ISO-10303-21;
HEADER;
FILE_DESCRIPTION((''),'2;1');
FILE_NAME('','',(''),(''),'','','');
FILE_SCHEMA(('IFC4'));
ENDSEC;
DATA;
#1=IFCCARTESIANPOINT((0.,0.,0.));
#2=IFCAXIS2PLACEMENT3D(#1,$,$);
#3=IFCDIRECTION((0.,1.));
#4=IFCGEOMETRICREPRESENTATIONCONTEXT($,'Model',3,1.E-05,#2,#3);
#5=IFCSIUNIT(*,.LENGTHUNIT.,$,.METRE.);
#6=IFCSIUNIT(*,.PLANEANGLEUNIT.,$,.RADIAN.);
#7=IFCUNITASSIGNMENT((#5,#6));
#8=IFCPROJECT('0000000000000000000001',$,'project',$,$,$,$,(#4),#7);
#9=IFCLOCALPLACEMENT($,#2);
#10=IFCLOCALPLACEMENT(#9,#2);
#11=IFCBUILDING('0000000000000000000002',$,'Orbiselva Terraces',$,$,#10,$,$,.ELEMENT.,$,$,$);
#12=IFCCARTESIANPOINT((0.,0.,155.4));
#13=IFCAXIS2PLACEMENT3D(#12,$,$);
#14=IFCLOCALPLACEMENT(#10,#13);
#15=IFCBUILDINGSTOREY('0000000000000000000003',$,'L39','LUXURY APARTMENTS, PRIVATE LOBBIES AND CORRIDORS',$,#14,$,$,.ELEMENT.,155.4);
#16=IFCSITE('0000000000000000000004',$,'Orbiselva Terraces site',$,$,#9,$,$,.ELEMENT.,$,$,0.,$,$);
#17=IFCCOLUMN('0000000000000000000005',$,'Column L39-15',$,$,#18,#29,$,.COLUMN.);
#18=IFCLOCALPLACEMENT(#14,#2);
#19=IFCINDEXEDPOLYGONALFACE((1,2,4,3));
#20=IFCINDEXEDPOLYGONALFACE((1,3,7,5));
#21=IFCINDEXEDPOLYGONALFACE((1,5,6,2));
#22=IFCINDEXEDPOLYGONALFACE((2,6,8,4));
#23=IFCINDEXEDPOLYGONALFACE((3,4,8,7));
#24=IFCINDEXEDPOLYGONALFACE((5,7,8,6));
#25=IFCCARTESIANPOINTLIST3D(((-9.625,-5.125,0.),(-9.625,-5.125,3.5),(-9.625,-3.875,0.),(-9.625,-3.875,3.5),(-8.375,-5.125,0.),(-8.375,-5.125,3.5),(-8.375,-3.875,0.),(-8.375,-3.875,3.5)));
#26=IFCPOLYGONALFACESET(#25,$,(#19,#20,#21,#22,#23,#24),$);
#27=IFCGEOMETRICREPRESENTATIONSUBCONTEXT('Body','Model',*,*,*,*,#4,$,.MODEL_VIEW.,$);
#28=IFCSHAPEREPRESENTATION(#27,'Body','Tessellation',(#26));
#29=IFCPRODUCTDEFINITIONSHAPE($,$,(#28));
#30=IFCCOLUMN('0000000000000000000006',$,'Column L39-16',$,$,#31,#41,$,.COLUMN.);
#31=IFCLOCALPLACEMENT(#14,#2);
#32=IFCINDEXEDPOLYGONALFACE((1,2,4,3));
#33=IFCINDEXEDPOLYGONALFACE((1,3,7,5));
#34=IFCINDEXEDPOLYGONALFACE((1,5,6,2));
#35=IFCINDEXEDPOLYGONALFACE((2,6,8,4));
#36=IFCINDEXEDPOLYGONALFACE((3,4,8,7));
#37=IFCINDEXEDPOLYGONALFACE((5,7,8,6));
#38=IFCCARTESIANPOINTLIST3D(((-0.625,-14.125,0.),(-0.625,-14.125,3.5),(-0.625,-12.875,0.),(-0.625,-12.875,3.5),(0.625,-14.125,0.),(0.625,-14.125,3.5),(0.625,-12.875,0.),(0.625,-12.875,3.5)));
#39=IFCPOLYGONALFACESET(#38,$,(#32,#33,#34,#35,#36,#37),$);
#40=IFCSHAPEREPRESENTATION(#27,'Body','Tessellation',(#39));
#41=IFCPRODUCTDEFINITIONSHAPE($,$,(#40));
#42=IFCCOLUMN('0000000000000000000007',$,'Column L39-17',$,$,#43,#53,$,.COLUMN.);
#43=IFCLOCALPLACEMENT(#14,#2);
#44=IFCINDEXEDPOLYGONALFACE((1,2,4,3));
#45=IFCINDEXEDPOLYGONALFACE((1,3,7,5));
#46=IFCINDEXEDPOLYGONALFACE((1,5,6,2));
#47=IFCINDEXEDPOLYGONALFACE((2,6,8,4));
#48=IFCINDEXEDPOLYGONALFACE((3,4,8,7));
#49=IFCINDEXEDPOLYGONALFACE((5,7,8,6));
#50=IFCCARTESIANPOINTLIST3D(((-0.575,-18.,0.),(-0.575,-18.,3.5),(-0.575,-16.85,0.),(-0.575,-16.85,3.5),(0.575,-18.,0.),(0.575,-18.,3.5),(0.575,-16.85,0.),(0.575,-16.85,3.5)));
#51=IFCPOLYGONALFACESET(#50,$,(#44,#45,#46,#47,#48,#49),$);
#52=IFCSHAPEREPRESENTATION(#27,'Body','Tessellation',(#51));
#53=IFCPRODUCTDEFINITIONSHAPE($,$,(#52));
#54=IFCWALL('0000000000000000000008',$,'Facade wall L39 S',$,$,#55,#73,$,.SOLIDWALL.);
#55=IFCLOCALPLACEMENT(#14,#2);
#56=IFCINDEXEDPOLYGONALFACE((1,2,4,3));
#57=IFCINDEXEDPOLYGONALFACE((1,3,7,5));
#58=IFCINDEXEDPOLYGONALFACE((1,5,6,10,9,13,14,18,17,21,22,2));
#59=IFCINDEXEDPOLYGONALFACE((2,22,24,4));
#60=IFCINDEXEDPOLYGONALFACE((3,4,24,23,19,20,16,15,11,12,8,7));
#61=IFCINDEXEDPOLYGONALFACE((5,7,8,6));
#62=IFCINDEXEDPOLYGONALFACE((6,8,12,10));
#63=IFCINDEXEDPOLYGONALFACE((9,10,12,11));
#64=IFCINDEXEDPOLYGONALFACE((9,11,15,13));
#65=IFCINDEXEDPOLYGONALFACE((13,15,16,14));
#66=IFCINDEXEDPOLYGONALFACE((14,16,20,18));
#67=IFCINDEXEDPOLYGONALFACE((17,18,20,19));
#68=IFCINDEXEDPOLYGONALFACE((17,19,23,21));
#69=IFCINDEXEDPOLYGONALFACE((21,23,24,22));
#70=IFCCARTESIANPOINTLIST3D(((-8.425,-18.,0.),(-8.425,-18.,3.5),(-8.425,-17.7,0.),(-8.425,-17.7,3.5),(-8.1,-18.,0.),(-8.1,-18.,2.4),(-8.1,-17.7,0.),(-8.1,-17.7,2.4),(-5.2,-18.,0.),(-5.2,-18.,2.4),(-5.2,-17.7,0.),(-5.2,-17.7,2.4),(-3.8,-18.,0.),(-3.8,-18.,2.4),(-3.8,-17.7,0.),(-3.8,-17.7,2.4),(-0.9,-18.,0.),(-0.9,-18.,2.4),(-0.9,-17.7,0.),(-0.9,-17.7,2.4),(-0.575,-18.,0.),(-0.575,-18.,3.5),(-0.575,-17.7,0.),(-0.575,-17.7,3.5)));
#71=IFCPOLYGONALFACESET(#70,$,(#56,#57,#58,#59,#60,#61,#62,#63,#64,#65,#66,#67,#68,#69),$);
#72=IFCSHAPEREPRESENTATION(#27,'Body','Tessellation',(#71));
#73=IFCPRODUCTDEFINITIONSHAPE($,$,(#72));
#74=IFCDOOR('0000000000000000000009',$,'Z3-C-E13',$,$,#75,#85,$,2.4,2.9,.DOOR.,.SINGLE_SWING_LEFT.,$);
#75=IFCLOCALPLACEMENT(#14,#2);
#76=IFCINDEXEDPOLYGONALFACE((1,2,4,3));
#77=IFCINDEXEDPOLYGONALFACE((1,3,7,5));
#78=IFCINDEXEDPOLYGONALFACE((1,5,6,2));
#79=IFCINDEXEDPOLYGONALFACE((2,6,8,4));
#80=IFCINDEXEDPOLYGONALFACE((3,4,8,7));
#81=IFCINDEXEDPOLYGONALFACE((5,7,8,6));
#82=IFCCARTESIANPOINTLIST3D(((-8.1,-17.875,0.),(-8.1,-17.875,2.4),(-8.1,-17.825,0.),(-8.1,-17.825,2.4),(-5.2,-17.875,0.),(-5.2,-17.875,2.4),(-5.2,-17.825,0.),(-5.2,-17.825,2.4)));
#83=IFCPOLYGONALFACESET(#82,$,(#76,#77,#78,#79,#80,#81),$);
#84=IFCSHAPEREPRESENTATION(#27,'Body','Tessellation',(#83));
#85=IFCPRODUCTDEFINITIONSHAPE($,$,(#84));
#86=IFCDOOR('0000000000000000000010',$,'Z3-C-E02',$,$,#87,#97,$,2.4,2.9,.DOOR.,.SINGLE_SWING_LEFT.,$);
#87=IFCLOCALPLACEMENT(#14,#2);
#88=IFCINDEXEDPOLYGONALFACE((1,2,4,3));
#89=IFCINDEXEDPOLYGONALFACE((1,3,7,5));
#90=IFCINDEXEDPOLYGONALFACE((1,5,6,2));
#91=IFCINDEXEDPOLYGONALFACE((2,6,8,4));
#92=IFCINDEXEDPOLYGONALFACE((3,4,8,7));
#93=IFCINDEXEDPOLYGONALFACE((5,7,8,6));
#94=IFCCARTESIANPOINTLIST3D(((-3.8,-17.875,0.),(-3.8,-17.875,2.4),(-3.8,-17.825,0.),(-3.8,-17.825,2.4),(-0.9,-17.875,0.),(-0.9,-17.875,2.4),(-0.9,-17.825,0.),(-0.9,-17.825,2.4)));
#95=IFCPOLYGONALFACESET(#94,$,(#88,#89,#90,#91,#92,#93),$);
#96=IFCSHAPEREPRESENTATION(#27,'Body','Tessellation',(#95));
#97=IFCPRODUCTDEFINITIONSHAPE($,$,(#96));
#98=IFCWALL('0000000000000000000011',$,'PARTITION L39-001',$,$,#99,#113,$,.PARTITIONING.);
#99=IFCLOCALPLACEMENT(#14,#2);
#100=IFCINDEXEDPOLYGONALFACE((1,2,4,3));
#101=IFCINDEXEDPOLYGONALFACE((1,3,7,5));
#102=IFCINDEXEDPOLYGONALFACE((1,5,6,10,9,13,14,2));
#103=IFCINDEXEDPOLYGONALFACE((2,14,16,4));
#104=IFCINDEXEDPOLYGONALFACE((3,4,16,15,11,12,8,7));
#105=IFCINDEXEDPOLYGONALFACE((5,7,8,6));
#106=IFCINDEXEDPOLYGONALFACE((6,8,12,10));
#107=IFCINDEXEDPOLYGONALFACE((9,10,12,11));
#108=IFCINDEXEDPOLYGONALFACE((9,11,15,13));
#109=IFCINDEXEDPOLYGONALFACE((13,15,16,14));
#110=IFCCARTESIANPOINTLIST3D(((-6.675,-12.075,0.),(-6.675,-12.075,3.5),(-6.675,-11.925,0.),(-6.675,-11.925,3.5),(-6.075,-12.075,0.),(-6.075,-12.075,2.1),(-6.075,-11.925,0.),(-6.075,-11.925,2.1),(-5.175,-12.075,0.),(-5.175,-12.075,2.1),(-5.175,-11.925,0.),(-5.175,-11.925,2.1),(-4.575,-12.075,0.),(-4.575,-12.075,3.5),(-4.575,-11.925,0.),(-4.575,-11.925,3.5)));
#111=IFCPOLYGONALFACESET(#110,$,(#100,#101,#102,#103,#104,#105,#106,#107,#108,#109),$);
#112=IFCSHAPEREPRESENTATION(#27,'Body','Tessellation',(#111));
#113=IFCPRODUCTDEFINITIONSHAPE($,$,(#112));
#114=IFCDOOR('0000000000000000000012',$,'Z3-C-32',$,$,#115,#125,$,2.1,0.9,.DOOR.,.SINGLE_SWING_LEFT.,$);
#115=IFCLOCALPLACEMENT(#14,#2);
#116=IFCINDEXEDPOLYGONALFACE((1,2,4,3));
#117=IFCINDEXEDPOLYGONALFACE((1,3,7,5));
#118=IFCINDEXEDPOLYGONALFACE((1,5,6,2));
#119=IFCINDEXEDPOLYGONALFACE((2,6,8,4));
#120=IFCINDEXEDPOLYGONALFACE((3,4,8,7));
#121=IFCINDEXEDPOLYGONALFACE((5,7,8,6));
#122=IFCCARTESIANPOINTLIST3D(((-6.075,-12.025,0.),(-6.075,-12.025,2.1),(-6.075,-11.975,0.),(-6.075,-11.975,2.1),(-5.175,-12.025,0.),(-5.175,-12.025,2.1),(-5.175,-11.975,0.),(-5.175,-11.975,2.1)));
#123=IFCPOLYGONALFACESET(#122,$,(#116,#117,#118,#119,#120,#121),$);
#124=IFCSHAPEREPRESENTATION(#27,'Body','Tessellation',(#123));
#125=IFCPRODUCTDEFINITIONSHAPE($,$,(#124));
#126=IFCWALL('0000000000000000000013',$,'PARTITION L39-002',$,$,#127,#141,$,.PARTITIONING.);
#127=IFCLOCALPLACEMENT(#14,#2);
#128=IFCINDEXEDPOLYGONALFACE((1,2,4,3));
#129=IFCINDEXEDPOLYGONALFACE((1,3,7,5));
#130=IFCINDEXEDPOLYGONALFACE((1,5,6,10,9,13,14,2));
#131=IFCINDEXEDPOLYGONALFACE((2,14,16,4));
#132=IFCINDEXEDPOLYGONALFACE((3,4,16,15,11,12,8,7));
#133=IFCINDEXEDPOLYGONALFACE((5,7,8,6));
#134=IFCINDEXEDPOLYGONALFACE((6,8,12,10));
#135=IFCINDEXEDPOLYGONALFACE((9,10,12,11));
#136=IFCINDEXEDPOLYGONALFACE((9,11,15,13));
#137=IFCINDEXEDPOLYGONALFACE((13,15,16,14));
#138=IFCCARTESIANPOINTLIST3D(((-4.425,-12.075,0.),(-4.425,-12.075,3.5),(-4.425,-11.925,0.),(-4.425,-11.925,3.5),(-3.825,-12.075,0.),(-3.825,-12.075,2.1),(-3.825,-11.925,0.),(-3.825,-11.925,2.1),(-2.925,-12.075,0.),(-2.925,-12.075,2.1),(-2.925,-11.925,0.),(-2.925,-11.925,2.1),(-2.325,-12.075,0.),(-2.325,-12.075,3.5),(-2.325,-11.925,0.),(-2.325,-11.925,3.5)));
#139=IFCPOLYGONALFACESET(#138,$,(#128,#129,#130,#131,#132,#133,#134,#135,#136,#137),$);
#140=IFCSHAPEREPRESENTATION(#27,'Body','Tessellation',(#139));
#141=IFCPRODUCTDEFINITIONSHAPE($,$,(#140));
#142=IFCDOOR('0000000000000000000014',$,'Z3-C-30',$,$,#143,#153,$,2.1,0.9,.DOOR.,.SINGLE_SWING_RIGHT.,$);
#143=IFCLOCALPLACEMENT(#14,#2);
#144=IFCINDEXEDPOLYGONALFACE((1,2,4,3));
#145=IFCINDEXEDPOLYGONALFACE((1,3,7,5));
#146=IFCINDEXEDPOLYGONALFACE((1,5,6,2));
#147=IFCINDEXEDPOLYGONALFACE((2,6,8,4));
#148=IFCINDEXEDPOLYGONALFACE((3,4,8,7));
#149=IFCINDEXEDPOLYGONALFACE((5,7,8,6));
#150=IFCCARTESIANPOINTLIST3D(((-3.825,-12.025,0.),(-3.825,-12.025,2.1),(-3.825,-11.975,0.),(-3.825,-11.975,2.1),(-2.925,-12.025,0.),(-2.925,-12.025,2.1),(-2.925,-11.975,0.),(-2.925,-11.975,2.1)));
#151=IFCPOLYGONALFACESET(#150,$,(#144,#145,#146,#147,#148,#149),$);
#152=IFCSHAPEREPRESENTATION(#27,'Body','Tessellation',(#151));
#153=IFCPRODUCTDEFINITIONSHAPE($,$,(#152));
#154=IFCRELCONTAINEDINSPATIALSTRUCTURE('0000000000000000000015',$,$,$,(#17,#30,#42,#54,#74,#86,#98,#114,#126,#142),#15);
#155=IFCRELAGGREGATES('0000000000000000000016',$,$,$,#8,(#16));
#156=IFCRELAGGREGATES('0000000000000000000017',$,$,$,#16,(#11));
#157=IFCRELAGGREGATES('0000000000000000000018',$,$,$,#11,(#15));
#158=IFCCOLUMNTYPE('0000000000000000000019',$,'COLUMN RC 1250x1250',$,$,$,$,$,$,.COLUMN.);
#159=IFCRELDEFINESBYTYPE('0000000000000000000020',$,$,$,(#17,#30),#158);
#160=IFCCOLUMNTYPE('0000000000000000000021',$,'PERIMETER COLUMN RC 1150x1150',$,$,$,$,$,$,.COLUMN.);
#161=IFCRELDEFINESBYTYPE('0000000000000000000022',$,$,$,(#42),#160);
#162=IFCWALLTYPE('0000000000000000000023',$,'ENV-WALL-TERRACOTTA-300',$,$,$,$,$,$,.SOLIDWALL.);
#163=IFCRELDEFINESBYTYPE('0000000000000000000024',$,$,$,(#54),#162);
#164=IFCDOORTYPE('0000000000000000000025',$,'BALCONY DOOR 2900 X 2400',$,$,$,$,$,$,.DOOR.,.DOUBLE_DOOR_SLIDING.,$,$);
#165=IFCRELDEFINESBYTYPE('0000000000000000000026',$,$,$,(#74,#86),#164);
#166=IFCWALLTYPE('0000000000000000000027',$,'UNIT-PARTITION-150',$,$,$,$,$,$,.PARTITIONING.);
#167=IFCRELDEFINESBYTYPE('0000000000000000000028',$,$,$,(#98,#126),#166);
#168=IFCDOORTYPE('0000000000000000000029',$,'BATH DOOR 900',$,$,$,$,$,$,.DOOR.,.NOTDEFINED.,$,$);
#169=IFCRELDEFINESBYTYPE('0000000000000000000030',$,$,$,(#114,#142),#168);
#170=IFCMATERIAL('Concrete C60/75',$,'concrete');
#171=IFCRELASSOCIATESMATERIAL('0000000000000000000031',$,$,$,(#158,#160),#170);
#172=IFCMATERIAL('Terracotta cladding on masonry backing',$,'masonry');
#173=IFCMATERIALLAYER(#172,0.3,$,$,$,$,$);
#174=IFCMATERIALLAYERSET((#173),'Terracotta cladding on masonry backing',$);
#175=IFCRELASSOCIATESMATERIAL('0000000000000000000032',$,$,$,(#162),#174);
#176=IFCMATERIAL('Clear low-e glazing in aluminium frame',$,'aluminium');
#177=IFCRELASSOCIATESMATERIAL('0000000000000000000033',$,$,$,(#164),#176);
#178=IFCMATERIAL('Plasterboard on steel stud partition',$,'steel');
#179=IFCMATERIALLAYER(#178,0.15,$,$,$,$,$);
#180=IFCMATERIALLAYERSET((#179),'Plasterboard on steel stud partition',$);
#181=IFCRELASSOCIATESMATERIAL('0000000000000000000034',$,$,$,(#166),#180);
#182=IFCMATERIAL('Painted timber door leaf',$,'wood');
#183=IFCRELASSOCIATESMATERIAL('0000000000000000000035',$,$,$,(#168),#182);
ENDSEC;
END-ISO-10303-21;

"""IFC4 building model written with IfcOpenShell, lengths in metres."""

from ifc_helpers import new_model, si_unit, direction, frame, frame_2d, origin, origin_2d, place, context, subcontext, project, spatial, rectangle, extrude, material, layer, layer_set, material_profile, profile_set, type_object, element, fill, save


model = new_model("IFC4")

# Units and contexts
model_context = context("Model", 3, precision=1e-05, world=origin(), true_north=direction((0.0, 1.0)))
body_context = subcontext(model_context, "Body", "Model", "MODEL_VIEW")
ifc_project = project(units=[si_unit("LENGTHUNIT", "METRE"), si_unit("PLANEANGLEUNIT", "RADIAN")], contexts=[model_context])

# Site, building, storey
site_placement = place(None, origin())
site = spatial("IfcSite", under=ifc_project, at=site_placement, Name="Orbiselva Terraces site", CompositionType="ELEMENT", RefElevation=0.0)
building_placement = place(site_placement, origin())
building = spatial("IfcBuilding", under=site, at=building_placement, Name="Orbiselva Terraces", CompositionType="ELEMENT")
storey_placement = place(building_placement, frame((0.0, 0.0, 155.4)))
storey = spatial("IfcBuildingStorey", under=building, at=storey_placement, Name="L39", Description="LUXURY APARTMENTS, PRIVATE LOBBIES AND CORRIDORS", CompositionType="ELEMENT", Elevation=155.4)

# Columns
ifc_material_1 = material(Name="Concrete C60/75", Category="concrete")
ifc_material_profile_1 = material_profile(ifc_material_1, rectangle(XDim=1.25, YDim=1.25, at=origin_2d()), Name="RC 1250x1250")
ifc_profile_set_1 = profile_set([ifc_material_profile_1], Name="Concrete C60/75")
column_type_1 = type_object("IfcColumnType", Name="COLUMN RC 1250x1250", PredefinedType="COLUMN", material=ifc_profile_set_1)
for number, where, z_axis, x_axis, name in (
    (1, (-9.0, -4.5, 0.0), (0.0, 0.0, 1.0), (1.0, 0.0, 0.0), "Column L39-15"),
    (2, (0.0, -13.5, 0.0), (0.0, 0.0, 1.0), (1.0, 0.0, 0.0), "Column L39-16"),
):
    element("IfcColumn", number, at=place(storey_placement, frame(where, z_axis=z_axis, x_axis=x_axis)), inside=storey, type_object=column_type_1, Name=name, PredefinedType="COLUMN", context=body_context, shape_type="SweptSolid", body=[
        extrude(rectangle(XDim=1.25, YDim=1.25, at=origin_2d()), origin(), (0.0, 0.0, 1.0), 3.5),
    ])
ifc_material_profile_2 = material_profile(ifc_material_1, rectangle(XDim=1.15, YDim=1.15, at=origin_2d()), Name="RC 1150x1150")
ifc_profile_set_2 = profile_set([ifc_material_profile_2], Name="Concrete C60/75")
column_type_2 = type_object("IfcColumnType", Name="PERIMETER COLUMN RC 1150x1150", PredefinedType="COLUMN", material=ifc_profile_set_2)
column_placement = place(storey_placement, frame((0.0, -17.425, 0.0), z_axis=(0.0, 0.0, 1.0), x_axis=(1.0, 0.0, 0.0)))
element("IfcColumn", 3, at=column_placement, inside=storey, type_object=column_type_2, Name="Column L39-17", PredefinedType="COLUMN", context=body_context, shape_type="SweptSolid", body=[
    extrude(rectangle(XDim=1.15, YDim=1.15, at=origin_2d()), origin(), (0.0, 0.0, 1.0), 3.5),
])

# Wall, openings, doors
ifc_material_2 = material(Name="Terracotta cladding on masonry backing", Category="masonry")
ifc_layer_1 = layer(ifc_material_2, 0.3)
ifc_layer_set_1 = layer_set([ifc_layer_1], Name="Terracotta cladding on masonry backing")
wall_type_1 = type_object("IfcWallType", Name="ENV-WALL-TERRACOTTA-300", PredefinedType="SOLIDWALL", material=ifc_layer_set_1)
wall_1_placement = place(storey_placement, frame((-0.575, -17.85, 0.0), z_axis=(0.0, 0.0, 1.0), x_axis=(-1.0, 0.0, 0.0)))
wall_1 = element("IfcWall", 4, at=wall_1_placement, inside=storey, type_object=wall_type_1, Name="Facade wall L39 S", PredefinedType="SOLIDWALL", context=body_context, shape_type="SweptSolid", body=[
    extrude(rectangle(XDim=7.85, YDim=0.3, at=frame_2d((3.925, 0.0))), origin(), (0.0, 0.0, 1.0), 3.5),
])
opening_1_placement = place(wall_1_placement, frame((4.625, 0.0, 0.0)))
opening_1 = element("IfcOpeningElement", 5, at=opening_1_placement, cuts=wall_1, PredefinedType="OPENING", context=body_context, shape_type="SweptSolid", body=[
    extrude(rectangle(XDim=2.9, YDim=2.4, at=frame_2d((1.45, 1.2))), frame((0.0, 0.16, 0.0), z_axis=(0.0, -1.0, 0.0), x_axis=(1.0, 0.0, 0.0)), (0.0, 0.0, 1.0), 0.32),
])
opening_2_placement = place(wall_1_placement, frame((0.325, 0.0, 0.0)))
opening_2 = element("IfcOpeningElement", 6, at=opening_2_placement, cuts=wall_1, PredefinedType="OPENING", context=body_context, shape_type="SweptSolid", body=[
    extrude(rectangle(XDim=2.9, YDim=2.4, at=frame_2d((1.45, 1.2))), frame((0.0, 0.16, 0.0), z_axis=(0.0, -1.0, 0.0), x_axis=(1.0, 0.0, 0.0)), (0.0, 0.0, 1.0), 0.32),
])
ifc_material_3 = material(Name="Clear low-e glazing in aluminium frame", Category="aluminium")
door_type_1 = type_object("IfcDoorType", Name="BALCONY DOOR 2900 X 2400", OperationType="DOUBLE_DOOR_SLIDING", PredefinedType="DOOR", material=ifc_material_3)
door_1_placement = place(opening_1_placement, origin())
door_1 = element("IfcDoor", 7, at=door_1_placement, inside=storey, type_object=door_type_1, Name="Z3-C-E13", OperationType="SINGLE_SWING_LEFT", OverallHeight=2.4, OverallWidth=2.9, PredefinedType="DOOR", context=body_context, shape_type="SweptSolid", body=[
    extrude(rectangle(XDim=2.9, YDim=2.4, at=frame_2d((1.45, 1.2))), frame((0.0, 0.025, 0.0), z_axis=(0.0, -1.0, 0.0), x_axis=(1.0, 0.0, 0.0)), (0.0, 0.0, 1.0), 0.05),
])
fill(opening_1, door_1)
door_2_placement = place(opening_2_placement, origin())
door_2 = element("IfcDoor", 8, at=door_2_placement, inside=storey, type_object=door_type_1, Name="Z3-C-E02", OperationType="SINGLE_SWING_LEFT", OverallHeight=2.4, OverallWidth=2.9, PredefinedType="DOOR", context=body_context, shape_type="SweptSolid", body=[
    extrude(rectangle(XDim=2.9, YDim=2.4, at=frame_2d((1.45, 1.2))), frame((0.0, 0.025, 0.0), z_axis=(0.0, -1.0, 0.0), x_axis=(1.0, 0.0, 0.0)), (0.0, 0.0, 1.0), 0.05),
])
fill(opening_2, door_2)

# Walls, openings, doors
ifc_material_4 = material(Name="Plasterboard on steel stud partition", Category="steel")
ifc_layer_2 = layer(ifc_material_4, 0.15)
ifc_layer_set_2 = layer_set([ifc_layer_2], Name="Plasterboard on steel stud partition")
wall_type_2 = type_object("IfcWallType", Name="UNIT-PARTITION-150", PredefinedType="PARTITIONING", material=ifc_layer_set_2)
wall_2_placement = place(storey_placement, frame((-6.675, -12.0, 0.0), z_axis=(0.0, 0.0, 1.0), x_axis=(1.0, 0.0, 0.0)))
wall_2 = element("IfcWall", 9, at=wall_2_placement, inside=storey, type_object=wall_type_2, Name="PARTITION L39-001", PredefinedType="PARTITIONING", context=body_context, shape_type="SweptSolid", body=[
    extrude(rectangle(XDim=2.1, YDim=0.15, at=frame_2d((1.05, 0.0))), origin(), (0.0, 0.0, 1.0), 3.5),
])
opening_3_placement = place(wall_2_placement, frame((0.6, 0.0, 0.0)))
opening_3 = element("IfcOpeningElement", 10, at=opening_3_placement, cuts=wall_2, PredefinedType="OPENING", context=body_context, shape_type="SweptSolid", body=[
    extrude(rectangle(XDim=0.9, YDim=2.1, at=frame_2d((0.45, 1.05))), frame((0.0, 0.085, 0.0), z_axis=(0.0, -1.0, 0.0), x_axis=(1.0, 0.0, 0.0)), (0.0, 0.0, 1.0), 0.17),
])
ifc_material_5 = material(Name="Painted timber door leaf", Category="wood")
door_type_2 = type_object("IfcDoorType", Name="BATH DOOR 900", OperationType="NOTDEFINED", PredefinedType="DOOR", material=ifc_material_5)
door_3_placement = place(opening_3_placement, origin())
door_3 = element("IfcDoor", 11, at=door_3_placement, inside=storey, type_object=door_type_2, Name="Z3-C-32", OperationType="SINGLE_SWING_LEFT", OverallHeight=2.1, OverallWidth=0.9, PredefinedType="DOOR", context=body_context, shape_type="SweptSolid", body=[
    extrude(rectangle(XDim=0.9, YDim=2.1, at=frame_2d((0.45, 1.05))), frame((0.0, 0.025, 0.0), z_axis=(0.0, -1.0, 0.0), x_axis=(1.0, 0.0, 0.0)), (0.0, 0.0, 1.0), 0.05),
])
fill(opening_3, door_3)
wall_3_placement = place(storey_placement, frame((-4.425, -12.0, 0.0), z_axis=(0.0, 0.0, 1.0), x_axis=(1.0, 0.0, 0.0)))
wall_3 = element("IfcWall", 12, at=wall_3_placement, inside=storey, type_object=wall_type_2, Name="PARTITION L39-002", PredefinedType="PARTITIONING", context=body_context, shape_type="SweptSolid", body=[
    extrude(rectangle(XDim=2.1, YDim=0.15, at=frame_2d((1.05, 0.0))), origin(), (0.0, 0.0, 1.0), 3.5),
])
opening_4_placement = place(wall_3_placement, frame((0.6, 0.0, 0.0)))
opening_4 = element("IfcOpeningElement", 13, at=opening_4_placement, cuts=wall_3, PredefinedType="OPENING", context=body_context, shape_type="SweptSolid", body=[
    extrude(rectangle(XDim=0.9, YDim=2.1, at=frame_2d((0.45, 1.05))), frame((0.0, 0.085, 0.0), z_axis=(0.0, -1.0, 0.0), x_axis=(1.0, 0.0, 0.0)), (0.0, 0.0, 1.0), 0.17),
])
door_4_placement = place(opening_4_placement, origin())
door_4 = element("IfcDoor", 14, at=door_4_placement, inside=storey, type_object=door_type_2, Name="Z3-C-30", OperationType="SINGLE_SWING_RIGHT", OverallHeight=2.1, OverallWidth=0.9, PredefinedType="DOOR", context=body_context, shape_type="SweptSolid", body=[
    extrude(rectangle(XDim=0.9, YDim=2.1, at=frame_2d((0.45, 1.05))), frame((0.0, 0.025, 0.0), z_axis=(0.0, -1.0, 0.0), x_axis=(1.0, 0.0, 0.0)), (0.0, 0.0, 1.0), 0.05),
])
fill(opening_4, door_4)

save(model, "model.ifc")
